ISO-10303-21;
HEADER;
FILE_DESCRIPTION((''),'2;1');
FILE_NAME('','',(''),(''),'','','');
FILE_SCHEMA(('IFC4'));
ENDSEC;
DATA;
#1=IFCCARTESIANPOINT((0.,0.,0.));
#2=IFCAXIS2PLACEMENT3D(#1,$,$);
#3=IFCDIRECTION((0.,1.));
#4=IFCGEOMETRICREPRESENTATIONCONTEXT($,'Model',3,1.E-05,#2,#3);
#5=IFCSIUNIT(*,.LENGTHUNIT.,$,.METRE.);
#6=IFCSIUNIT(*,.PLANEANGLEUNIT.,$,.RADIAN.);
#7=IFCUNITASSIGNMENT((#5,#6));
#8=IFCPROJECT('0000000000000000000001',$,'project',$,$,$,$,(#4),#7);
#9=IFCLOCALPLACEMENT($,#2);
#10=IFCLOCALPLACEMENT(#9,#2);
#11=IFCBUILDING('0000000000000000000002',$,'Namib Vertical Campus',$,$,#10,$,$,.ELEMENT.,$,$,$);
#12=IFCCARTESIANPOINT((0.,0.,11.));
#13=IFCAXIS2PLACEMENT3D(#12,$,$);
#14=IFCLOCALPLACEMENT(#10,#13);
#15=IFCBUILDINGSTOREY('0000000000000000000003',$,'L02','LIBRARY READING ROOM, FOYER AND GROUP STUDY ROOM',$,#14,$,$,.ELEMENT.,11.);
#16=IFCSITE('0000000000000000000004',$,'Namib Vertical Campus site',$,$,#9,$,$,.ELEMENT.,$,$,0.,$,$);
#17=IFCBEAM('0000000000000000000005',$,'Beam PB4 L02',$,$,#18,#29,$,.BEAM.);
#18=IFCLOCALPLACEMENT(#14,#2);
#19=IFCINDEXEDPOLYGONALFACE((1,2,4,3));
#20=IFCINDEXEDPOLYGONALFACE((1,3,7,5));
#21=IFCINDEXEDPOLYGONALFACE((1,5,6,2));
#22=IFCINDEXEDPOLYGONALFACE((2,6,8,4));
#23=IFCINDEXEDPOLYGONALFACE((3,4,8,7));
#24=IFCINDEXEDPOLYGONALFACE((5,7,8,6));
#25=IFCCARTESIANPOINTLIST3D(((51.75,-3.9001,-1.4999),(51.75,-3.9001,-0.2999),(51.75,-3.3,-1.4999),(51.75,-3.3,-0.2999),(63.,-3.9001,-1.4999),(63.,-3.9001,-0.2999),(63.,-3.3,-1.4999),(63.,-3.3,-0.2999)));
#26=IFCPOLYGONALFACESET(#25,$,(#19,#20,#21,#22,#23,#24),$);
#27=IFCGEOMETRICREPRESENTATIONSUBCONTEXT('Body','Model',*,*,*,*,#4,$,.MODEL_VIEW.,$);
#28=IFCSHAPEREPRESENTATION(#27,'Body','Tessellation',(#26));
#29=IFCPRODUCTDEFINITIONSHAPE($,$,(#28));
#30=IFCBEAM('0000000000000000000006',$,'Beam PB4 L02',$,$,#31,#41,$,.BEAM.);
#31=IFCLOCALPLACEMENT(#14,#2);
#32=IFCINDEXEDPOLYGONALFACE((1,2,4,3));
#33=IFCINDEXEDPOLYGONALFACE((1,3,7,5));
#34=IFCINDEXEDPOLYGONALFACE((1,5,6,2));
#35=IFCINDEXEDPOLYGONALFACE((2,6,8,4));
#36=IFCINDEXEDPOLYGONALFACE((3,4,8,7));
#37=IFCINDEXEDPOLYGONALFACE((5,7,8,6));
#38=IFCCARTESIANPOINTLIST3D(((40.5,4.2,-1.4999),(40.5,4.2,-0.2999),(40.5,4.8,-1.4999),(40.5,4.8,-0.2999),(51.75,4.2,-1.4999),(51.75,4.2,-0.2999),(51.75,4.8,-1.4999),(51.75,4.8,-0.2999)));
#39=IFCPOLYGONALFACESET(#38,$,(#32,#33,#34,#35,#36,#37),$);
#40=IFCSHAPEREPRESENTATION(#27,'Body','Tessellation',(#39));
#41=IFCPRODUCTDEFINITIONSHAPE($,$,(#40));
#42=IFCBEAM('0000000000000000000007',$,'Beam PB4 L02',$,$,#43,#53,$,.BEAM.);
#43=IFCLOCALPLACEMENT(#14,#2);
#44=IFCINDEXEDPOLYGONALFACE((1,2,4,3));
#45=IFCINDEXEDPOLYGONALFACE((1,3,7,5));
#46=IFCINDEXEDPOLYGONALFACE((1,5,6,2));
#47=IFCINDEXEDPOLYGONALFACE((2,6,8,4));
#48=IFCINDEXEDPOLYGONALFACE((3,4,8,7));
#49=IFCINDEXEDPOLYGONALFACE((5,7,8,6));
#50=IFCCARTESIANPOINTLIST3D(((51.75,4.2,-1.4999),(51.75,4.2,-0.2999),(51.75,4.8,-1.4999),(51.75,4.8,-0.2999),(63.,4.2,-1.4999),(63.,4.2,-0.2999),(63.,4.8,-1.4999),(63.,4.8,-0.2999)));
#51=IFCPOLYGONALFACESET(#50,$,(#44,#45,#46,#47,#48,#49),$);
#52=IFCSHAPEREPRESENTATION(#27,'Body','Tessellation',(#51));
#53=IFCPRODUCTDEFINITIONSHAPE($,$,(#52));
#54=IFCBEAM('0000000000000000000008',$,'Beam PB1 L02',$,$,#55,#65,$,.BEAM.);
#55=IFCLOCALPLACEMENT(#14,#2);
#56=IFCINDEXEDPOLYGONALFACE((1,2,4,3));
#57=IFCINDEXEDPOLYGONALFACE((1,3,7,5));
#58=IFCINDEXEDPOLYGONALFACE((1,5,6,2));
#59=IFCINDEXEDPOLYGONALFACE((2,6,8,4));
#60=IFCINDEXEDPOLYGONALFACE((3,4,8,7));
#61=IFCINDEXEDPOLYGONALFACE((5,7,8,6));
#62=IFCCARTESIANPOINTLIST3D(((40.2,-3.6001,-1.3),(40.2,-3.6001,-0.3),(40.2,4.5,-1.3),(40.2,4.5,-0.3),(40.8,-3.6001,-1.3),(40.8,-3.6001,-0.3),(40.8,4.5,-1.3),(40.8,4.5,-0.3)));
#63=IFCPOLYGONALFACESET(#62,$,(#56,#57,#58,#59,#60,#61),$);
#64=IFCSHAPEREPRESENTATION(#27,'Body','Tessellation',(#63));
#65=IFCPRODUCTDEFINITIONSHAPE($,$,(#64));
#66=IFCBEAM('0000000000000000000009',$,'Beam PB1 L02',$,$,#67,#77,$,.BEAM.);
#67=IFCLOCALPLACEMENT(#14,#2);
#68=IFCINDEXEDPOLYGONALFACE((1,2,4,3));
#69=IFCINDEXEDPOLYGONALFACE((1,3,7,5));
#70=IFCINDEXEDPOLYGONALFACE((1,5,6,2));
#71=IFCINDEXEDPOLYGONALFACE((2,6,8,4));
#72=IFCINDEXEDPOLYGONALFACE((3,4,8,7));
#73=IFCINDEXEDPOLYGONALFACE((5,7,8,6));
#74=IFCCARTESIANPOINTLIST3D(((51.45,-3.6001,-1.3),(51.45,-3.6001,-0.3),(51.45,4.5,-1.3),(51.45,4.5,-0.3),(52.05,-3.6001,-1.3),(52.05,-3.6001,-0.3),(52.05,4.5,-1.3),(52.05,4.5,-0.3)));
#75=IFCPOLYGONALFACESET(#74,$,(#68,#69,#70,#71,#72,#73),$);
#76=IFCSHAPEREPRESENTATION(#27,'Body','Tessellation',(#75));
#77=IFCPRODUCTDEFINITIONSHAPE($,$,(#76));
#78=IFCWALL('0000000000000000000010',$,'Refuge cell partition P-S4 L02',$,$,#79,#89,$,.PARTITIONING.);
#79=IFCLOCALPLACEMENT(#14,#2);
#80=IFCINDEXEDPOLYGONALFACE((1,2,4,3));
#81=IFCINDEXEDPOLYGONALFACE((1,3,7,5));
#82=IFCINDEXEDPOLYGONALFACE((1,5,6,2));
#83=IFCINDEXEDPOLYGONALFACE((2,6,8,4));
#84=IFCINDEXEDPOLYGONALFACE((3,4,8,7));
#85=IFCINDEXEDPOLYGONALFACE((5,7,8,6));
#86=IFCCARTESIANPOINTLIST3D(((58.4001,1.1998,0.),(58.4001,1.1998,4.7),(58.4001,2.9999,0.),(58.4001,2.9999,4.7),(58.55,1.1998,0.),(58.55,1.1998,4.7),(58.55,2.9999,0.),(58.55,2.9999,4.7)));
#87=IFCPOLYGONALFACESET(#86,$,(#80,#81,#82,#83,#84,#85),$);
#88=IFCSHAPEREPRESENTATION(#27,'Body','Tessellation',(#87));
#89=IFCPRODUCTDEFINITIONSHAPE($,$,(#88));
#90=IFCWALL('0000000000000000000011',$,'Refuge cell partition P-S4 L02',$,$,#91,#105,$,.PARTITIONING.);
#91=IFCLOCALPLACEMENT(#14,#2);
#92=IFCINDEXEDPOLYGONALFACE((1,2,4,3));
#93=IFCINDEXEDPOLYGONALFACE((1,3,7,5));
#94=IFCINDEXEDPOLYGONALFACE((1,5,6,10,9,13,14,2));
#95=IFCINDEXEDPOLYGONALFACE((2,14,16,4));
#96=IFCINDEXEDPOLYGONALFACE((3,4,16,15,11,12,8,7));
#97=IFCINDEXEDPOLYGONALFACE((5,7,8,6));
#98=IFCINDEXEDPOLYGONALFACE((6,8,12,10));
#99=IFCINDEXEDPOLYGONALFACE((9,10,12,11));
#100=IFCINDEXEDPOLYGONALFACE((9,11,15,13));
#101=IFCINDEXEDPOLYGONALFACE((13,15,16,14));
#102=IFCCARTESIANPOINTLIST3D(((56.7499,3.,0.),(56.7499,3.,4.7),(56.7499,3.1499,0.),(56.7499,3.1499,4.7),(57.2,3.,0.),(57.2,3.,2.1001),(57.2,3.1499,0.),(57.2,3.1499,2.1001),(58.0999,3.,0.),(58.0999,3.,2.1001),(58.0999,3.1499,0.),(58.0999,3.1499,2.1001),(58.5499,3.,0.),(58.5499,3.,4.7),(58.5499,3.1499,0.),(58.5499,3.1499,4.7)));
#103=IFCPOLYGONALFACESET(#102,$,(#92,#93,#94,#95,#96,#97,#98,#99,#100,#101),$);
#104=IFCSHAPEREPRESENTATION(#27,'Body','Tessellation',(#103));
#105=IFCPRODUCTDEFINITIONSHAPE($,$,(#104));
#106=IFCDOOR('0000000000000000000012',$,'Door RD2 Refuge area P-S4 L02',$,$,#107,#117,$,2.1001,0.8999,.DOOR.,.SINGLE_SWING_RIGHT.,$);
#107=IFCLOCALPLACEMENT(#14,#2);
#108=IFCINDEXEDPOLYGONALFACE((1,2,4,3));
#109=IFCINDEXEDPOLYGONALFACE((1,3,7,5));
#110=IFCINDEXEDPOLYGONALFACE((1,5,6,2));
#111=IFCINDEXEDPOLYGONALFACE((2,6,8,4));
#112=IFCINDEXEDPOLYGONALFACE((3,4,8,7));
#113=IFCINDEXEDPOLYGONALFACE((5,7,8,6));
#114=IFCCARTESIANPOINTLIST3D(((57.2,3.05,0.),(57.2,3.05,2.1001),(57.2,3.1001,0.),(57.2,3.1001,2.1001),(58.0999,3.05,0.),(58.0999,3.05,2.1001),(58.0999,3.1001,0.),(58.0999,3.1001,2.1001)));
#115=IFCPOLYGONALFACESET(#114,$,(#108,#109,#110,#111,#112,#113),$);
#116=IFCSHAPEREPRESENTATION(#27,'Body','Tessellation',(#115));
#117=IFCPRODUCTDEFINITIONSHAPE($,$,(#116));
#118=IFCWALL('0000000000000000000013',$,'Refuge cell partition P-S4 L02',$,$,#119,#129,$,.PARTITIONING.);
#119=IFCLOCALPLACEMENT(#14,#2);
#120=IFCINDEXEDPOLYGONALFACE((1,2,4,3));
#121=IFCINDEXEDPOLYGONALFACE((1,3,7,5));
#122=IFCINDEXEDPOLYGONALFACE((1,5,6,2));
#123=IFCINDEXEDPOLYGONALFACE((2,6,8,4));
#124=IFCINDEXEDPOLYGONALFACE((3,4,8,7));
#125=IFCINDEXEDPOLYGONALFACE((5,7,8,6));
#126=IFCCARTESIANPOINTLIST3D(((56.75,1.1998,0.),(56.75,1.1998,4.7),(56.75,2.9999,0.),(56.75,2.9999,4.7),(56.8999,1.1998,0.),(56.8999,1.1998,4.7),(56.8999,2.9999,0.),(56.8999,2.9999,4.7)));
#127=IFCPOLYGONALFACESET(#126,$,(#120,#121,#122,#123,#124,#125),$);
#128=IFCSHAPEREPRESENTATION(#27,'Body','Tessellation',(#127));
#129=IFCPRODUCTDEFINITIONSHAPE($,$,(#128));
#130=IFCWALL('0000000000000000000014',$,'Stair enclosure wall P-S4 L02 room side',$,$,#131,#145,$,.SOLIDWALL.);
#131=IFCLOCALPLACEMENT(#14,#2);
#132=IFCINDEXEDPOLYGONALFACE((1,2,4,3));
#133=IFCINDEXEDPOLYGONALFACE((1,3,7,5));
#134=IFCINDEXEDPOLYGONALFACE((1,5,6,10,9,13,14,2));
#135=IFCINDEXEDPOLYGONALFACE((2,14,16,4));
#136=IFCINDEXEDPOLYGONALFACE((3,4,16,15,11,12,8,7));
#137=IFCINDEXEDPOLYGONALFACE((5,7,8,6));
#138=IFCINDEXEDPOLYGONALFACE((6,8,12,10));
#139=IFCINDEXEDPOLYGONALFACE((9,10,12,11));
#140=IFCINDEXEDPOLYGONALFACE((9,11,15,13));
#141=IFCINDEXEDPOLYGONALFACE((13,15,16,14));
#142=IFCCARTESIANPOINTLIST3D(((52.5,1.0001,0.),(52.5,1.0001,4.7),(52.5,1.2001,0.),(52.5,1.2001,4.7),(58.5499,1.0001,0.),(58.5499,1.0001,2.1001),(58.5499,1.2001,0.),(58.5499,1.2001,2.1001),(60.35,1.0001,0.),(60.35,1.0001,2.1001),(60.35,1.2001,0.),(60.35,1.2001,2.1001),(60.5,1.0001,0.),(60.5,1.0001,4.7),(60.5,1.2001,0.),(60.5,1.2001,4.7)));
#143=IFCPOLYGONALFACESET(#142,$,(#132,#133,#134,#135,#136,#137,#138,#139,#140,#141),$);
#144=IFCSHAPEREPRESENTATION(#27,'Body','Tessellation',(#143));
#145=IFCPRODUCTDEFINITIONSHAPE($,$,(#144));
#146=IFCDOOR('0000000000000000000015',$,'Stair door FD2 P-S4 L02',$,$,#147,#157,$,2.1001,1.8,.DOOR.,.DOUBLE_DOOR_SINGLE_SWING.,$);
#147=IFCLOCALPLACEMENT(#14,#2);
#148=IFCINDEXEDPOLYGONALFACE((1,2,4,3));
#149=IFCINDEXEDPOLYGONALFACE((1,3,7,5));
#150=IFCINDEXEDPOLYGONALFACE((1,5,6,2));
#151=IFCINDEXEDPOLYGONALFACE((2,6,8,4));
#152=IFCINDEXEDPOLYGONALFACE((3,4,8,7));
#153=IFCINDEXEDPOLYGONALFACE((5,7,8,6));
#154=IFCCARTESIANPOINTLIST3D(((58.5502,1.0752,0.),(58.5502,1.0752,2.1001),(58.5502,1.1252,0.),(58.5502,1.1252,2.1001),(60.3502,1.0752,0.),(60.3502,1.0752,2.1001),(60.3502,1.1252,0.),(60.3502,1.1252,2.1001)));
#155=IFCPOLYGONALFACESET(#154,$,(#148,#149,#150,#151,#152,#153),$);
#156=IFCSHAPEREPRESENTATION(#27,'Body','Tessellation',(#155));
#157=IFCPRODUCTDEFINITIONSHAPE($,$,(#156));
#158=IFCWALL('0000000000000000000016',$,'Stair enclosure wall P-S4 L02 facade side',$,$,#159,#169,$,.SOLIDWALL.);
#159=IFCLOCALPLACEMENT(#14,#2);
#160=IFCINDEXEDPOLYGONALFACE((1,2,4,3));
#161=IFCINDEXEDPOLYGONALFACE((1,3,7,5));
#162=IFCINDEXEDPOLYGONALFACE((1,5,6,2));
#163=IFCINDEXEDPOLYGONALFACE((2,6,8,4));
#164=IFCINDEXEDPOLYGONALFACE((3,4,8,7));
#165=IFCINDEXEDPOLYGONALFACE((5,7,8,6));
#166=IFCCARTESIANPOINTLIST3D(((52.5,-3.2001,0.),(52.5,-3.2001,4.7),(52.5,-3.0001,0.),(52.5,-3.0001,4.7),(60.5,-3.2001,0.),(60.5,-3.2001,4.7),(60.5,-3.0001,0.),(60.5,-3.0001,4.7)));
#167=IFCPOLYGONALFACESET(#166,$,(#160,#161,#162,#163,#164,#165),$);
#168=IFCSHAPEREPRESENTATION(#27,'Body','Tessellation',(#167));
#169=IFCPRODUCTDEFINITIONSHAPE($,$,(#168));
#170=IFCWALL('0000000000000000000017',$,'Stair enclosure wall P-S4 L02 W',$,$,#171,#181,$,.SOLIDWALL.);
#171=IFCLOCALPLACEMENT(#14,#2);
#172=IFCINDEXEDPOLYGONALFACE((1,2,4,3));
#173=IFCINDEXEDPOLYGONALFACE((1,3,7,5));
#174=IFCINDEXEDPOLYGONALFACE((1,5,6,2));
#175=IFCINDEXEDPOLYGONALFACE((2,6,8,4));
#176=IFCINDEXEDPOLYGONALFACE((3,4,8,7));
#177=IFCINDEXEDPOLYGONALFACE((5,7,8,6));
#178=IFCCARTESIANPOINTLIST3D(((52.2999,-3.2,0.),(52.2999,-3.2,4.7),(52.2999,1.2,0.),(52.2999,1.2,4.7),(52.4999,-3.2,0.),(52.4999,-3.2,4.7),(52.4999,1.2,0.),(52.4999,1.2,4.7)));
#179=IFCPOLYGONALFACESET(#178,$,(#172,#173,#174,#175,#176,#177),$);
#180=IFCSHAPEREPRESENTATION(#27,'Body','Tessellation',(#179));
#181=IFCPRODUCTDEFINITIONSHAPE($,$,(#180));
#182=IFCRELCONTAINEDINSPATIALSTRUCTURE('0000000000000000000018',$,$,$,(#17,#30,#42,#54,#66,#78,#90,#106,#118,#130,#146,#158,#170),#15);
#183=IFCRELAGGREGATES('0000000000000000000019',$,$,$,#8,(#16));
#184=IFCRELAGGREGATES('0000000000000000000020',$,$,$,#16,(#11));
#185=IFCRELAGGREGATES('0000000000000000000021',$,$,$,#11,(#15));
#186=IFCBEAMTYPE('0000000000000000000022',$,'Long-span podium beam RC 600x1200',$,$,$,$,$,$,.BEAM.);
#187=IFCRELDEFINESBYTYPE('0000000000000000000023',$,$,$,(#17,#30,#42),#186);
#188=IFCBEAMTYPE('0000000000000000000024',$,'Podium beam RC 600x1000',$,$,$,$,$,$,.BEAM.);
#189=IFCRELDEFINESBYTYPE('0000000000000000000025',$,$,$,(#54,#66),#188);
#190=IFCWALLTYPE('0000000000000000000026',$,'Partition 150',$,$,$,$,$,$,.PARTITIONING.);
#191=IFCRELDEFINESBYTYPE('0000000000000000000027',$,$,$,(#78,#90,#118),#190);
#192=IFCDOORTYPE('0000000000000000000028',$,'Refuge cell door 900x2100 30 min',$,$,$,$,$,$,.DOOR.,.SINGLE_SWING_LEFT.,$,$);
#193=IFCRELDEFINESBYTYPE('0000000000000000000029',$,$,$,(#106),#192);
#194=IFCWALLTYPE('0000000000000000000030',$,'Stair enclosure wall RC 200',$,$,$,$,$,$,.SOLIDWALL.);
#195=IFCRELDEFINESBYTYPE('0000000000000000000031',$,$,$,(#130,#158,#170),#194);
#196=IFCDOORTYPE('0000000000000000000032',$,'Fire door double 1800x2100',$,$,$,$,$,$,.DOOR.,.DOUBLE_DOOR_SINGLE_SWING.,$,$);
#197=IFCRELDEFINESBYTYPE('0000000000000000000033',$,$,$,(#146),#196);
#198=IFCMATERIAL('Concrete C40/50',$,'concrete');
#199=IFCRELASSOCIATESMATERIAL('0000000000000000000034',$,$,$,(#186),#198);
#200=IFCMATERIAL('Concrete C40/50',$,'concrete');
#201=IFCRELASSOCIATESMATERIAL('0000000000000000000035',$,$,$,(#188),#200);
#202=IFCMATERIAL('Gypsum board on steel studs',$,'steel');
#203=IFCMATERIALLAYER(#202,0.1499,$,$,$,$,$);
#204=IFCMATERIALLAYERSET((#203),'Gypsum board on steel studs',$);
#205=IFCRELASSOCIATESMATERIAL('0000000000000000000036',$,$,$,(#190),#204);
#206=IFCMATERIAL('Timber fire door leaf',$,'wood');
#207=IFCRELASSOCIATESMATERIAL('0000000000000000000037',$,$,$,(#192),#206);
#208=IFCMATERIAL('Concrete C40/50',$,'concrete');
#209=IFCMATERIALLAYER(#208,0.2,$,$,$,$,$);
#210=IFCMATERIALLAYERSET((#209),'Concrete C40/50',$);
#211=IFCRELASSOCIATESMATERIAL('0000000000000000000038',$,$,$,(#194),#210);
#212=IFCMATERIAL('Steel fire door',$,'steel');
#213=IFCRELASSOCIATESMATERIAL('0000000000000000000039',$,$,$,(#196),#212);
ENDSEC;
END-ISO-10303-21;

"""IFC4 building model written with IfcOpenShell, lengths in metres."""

from ifc_helpers import new_model, si_unit, direction, frame, frame_2d, origin, origin_2d, place, context, subcontext, project, spatial, rectangle, extrude, material, layer, layer_set, material_profile, profile_set, type_object, element, fill, save


model = new_model("IFC4")

# Units and contexts
model_context = context("Model", 3, precision=1e-05, world=origin(), true_north=direction((0.0, 1.0)))
body_context = subcontext(model_context, "Body", "Model", "MODEL_VIEW")
ifc_project = project(units=[si_unit("LENGTHUNIT", "METRE"), si_unit("PLANEANGLEUNIT", "RADIAN")], contexts=[model_context])

# Site, building, storey
site_placement = place(None, origin())
site = spatial("IfcSite", under=ifc_project, at=site_placement, Name="Namib Vertical Campus site", CompositionType="ELEMENT", RefElevation=0.0)
building_placement = place(site_placement, origin())
building = spatial("IfcBuilding", under=site, at=building_placement, Name="Namib Vertical Campus", CompositionType="ELEMENT")
storey_placement = place(building_placement, frame((0.0, 0.0, 11.0)))
storey = spatial("IfcBuildingStorey", under=building, at=storey_placement, Name="L02", Description="LIBRARY READING ROOM, FOYER AND GROUP STUDY ROOM", CompositionType="ELEMENT", Elevation=11.0)

# Beams
ifc_material_1 = material(Name="Concrete C40/50", Category="concrete")
ifc_material_profile_1 = material_profile(ifc_material_1, rectangle(XDim=0.6001, YDim=1.2, at=origin_2d()))
ifc_profile_set_1 = profile_set([ifc_material_profile_1], Name="Concrete C40/50")
beam_type_1 = type_object("IfcBeamType", Name="Long-span podium beam RC 600x1200", PredefinedType="BEAM", material=ifc_profile_set_1)
for number, where, z_axis, x_axis, name in (
    (1, (51.75, -3.6001, -0.8999), (1.0, 0.0, 0.0), (0.0, 1.0, 0.0), "Beam PB4 L02"),
    (2, (40.5, 4.5, -0.8999), (1.0, 0.0, 0.0), (0.0, 1.0, 0.0), "Beam PB4 L02"),
    (3, (51.75, 4.5, -0.8999), (1.0, 0.0, 0.0), (0.0, 1.0, 0.0), "Beam PB4 L02"),
):
    element("IfcBeam", number, at=place(storey_placement, frame(where, z_axis=z_axis, x_axis=x_axis)), inside=storey, type_object=beam_type_1, Name=name, PredefinedType="BEAM", context=body_context, shape_type="SweptSolid", body=[
        extrude(rectangle(XDim=0.6001, YDim=1.2, at=origin_2d()), origin(), (0.0, 0.0, 1.0), 11.25),
    ])
ifc_material_2 = material(Name="Concrete C40/50", Category="concrete")
ifc_material_profile_2 = material_profile(ifc_material_2, rectangle(XDim=0.6001, YDim=1.0, at=origin_2d()))
ifc_profile_set_2 = profile_set([ifc_material_profile_2], Name="Concrete C40/50")
beam_type_2 = type_object("IfcBeamType", Name="Podium beam RC 600x1000", PredefinedType="BEAM", material=ifc_profile_set_2)
for number, where, z_axis, x_axis, name in (
    (4, (40.5, -3.6001, -0.8), (0.0, 1.0, 0.0), (-1.0, 0.0, 0.0), "Beam PB1 L02"),
    (5, (51.75, -3.6001, -0.8), (0.0, 1.0, 0.0), (-1.0, 0.0, 0.0), "Beam PB1 L02"),
):
    element("IfcBeam", number, at=place(storey_placement, frame(where, z_axis=z_axis, x_axis=x_axis)), inside=storey, type_object=beam_type_2, Name=name, PredefinedType="BEAM", context=body_context, shape_type="SweptSolid", body=[
        extrude(rectangle(XDim=0.6001, YDim=1.0, at=origin_2d()), origin(), (0.0, 0.0, 1.0), 8.1001),
    ])

# Wall
ifc_material_3 = material(Name="Gypsum board on steel studs", Category="steel")
ifc_layer_1 = layer(ifc_material_3, 0.1499)
ifc_layer_set_1 = layer_set([ifc_layer_1], Name="Gypsum board on steel studs")
wall_type_1 = type_object("IfcWallType", Name="Partition 150", PredefinedType="PARTITIONING", material=ifc_layer_set_1)
wall_1_placement = place(storey_placement, frame((58.4751, 1.2, 0.0), z_axis=(0.0, 0.0, 1.0), x_axis=(0.0, 1.0, 0.0)))
element("IfcWall", 6, at=wall_1_placement, inside=storey, type_object=wall_type_1, Name="Refuge cell partition P-S4 L02", PredefinedType="PARTITIONING", context=body_context, shape_type="SweptSolid", body=[
    extrude(rectangle(XDim=1.8, YDim=0.1499, at=frame_2d((0.8999, 0.0))), origin(), (0.0, 0.0, 1.0), 4.7),
])

# Wall, opening, door
wall_2_placement = place(storey_placement, frame((56.75, 3.075, 0.0), z_axis=(0.0, 0.0, 1.0), x_axis=(1.0, 0.0, 0.0)))
wall_2 = element("IfcWall", 7, at=wall_2_placement, inside=storey, type_object=wall_type_1, Name="Refuge cell partition P-S4 L02", PredefinedType="PARTITIONING", context=body_context, shape_type="SweptSolid", body=[
    extrude(rectangle(XDim=1.8, YDim=0.1499, at=frame_2d((0.8999, 0.0))), origin(), (0.0, 0.0, 1.0), 4.7),
])
opening_1_placement = place(wall_2_placement, frame((0.45, 0.0, 0.0)))
opening_1 = element("IfcOpeningElement", 8, at=opening_1_placement, cuts=wall_2, PredefinedType="OPENING", context=body_context, shape_type="SweptSolid", body=[
    extrude(rectangle(XDim=0.8999, YDim=2.1001, at=frame_2d((0.45, 1.05))), frame((0.0, 0.085, 0.0), z_axis=(0.0, -1.0, 0.0), x_axis=(1.0, 0.0, 0.0)), (0.0, 0.0, 1.0), 0.1699),
])
ifc_material_4 = material(Name="Timber fire door leaf", Category="wood")
door_type_1 = type_object("IfcDoorType", Name="Refuge cell door 900x2100 30 min", OperationType="SINGLE_SWING_LEFT", PredefinedType="DOOR", material=ifc_material_4)
door_1_placement = place(opening_1_placement, frame((0.8999, 0.0, 0.0), z_axis=(0.0, 0.0, 1.0), x_axis=(-1.0, 0.0, 0.0)))
door_1 = element("IfcDoor", 9, at=door_1_placement, inside=storey, type_object=door_type_1, Name="Door RD2 Refuge area P-S4 L02", OperationType="SINGLE_SWING_RIGHT", OverallHeight=2.1001, OverallWidth=0.8999, PredefinedType="DOOR", context=body_context, shape_type="SweptSolid", body=[
    extrude(rectangle(XDim=0.8999, YDim=2.1001, at=frame_2d((0.45, 1.05))), frame((0.0, 0.0249, 0.0), z_axis=(0.0, -1.0, 0.0), x_axis=(1.0, 0.0, 0.0)), (0.0, 0.0, 1.0), 0.05),
])
fill(opening_1, door_1)

# Wall
wall_3_placement = place(storey_placement, frame((56.825, 1.2, 0.0), z_axis=(0.0, 0.0, 1.0), x_axis=(0.0, 1.0, 0.0)))
element("IfcWall", 10, at=wall_3_placement, inside=storey, type_object=wall_type_1, Name="Refuge cell partition P-S4 L02", PredefinedType="PARTITIONING", context=body_context, shape_type="SweptSolid", body=[
    extrude(rectangle(XDim=1.8, YDim=0.1499, at=frame_2d((0.8999, 0.0))), origin(), (0.0, 0.0, 1.0), 4.7),
])

# Wall, opening, door
ifc_material_5 = material(Name="Concrete C40/50", Category="concrete")
ifc_layer_2 = layer(ifc_material_5, 0.2)
ifc_layer_set_2 = layer_set([ifc_layer_2], Name="Concrete C40/50")
wall_type_2 = type_object("IfcWallType", Name="Stair enclosure wall RC 200", PredefinedType="SOLIDWALL", material=ifc_layer_set_2)
wall_4_placement = place(storey_placement, frame((52.5, 1.1001, 0.0), z_axis=(0.0, 0.0, 1.0), x_axis=(1.0, 0.0, 0.0)))
wall_4 = element("IfcWall", 11, at=wall_4_placement, inside=storey, type_object=wall_type_2, Name="Stair enclosure wall P-S4 L02 room side", PredefinedType="SOLIDWALL", context=body_context, shape_type="SweptSolid", body=[
    extrude(rectangle(XDim=8.0, YDim=0.2, at=frame_2d((4.0, 0.0))), origin(), (0.0, 0.0, 1.0), 4.7),
])
opening_2_placement = place(wall_4_placement, frame((6.05, 0.0, 0.0)))
opening_2 = element("IfcOpeningElement", 12, at=opening_2_placement, cuts=wall_4, PredefinedType="OPENING", context=body_context, shape_type="SweptSolid", body=[
    extrude(rectangle(XDim=1.8, YDim=2.1001, at=frame_2d((0.8999, 1.05))), frame((0.0, 0.1099, 0.0), z_axis=(0.0, -1.0, 0.0), x_axis=(1.0, 0.0, 0.0)), (0.0, 0.0, 1.0), 0.22),
])
ifc_material_6 = material(Name="Steel fire door", Category="steel")
door_type_2 = type_object("IfcDoorType", Name="Fire door double 1800x2100", OperationType="DOUBLE_DOOR_SINGLE_SWING", PredefinedType="DOOR", material=ifc_material_6)
door_2_placement = place(opening_2_placement, frame((1.8, 0.0, 0.0), z_axis=(0.0, 0.0, 1.0), x_axis=(-1.0, 0.0, 0.0)))
door_2 = element("IfcDoor", 13, at=door_2_placement, inside=storey, type_object=door_type_2, Name="Stair door FD2 P-S4 L02", OperationType="DOUBLE_DOOR_SINGLE_SWING", OverallHeight=2.1001, OverallWidth=1.8, PredefinedType="DOOR", context=body_context, shape_type="SweptSolid", body=[
    extrude(rectangle(XDim=1.8, YDim=2.1001, at=frame_2d((0.8999, 1.05))), frame((0.0, 0.0249, 0.0), z_axis=(0.0, -1.0, 0.0), x_axis=(1.0, 0.0, 0.0)), (0.0, 0.0, 1.0), 0.05),
])
fill(opening_2, door_2)

# Walls
wall_5_placement = place(storey_placement, frame((52.5, -3.1001, 0.0), z_axis=(0.0, 0.0, 1.0), x_axis=(1.0, 0.0, 0.0)))
element("IfcWall", 14, at=wall_5_placement, inside=storey, type_object=wall_type_2, Name="Stair enclosure wall P-S4 L02 facade side", PredefinedType="SOLIDWALL", context=body_context, shape_type="SweptSolid", body=[
    extrude(rectangle(XDim=8.0, YDim=0.2, at=frame_2d((4.0, 0.0))), origin(), (0.0, 0.0, 1.0), 4.7),
])
for number, where, z_axis, x_axis, name in (
    (15, (52.3999, -3.2, 0.0), (0.0, 0.0, 1.0), (0.0, 1.0, 0.0), "Stair enclosure wall P-S4 L02 W"),
):
    element("IfcWall", number, at=place(storey_placement, frame(where, z_axis=z_axis, x_axis=x_axis)), inside=storey, type_object=wall_type_2, Name=name, PredefinedType="SOLIDWALL", context=body_context, shape_type="SweptSolid", body=[
        extrude(rectangle(XDim=4.3999, YDim=0.2, at=frame_2d((2.2, 0.0))), origin(), (0.0, 0.0, 1.0), 4.7),
    ])

save(model, "model.ifc")
